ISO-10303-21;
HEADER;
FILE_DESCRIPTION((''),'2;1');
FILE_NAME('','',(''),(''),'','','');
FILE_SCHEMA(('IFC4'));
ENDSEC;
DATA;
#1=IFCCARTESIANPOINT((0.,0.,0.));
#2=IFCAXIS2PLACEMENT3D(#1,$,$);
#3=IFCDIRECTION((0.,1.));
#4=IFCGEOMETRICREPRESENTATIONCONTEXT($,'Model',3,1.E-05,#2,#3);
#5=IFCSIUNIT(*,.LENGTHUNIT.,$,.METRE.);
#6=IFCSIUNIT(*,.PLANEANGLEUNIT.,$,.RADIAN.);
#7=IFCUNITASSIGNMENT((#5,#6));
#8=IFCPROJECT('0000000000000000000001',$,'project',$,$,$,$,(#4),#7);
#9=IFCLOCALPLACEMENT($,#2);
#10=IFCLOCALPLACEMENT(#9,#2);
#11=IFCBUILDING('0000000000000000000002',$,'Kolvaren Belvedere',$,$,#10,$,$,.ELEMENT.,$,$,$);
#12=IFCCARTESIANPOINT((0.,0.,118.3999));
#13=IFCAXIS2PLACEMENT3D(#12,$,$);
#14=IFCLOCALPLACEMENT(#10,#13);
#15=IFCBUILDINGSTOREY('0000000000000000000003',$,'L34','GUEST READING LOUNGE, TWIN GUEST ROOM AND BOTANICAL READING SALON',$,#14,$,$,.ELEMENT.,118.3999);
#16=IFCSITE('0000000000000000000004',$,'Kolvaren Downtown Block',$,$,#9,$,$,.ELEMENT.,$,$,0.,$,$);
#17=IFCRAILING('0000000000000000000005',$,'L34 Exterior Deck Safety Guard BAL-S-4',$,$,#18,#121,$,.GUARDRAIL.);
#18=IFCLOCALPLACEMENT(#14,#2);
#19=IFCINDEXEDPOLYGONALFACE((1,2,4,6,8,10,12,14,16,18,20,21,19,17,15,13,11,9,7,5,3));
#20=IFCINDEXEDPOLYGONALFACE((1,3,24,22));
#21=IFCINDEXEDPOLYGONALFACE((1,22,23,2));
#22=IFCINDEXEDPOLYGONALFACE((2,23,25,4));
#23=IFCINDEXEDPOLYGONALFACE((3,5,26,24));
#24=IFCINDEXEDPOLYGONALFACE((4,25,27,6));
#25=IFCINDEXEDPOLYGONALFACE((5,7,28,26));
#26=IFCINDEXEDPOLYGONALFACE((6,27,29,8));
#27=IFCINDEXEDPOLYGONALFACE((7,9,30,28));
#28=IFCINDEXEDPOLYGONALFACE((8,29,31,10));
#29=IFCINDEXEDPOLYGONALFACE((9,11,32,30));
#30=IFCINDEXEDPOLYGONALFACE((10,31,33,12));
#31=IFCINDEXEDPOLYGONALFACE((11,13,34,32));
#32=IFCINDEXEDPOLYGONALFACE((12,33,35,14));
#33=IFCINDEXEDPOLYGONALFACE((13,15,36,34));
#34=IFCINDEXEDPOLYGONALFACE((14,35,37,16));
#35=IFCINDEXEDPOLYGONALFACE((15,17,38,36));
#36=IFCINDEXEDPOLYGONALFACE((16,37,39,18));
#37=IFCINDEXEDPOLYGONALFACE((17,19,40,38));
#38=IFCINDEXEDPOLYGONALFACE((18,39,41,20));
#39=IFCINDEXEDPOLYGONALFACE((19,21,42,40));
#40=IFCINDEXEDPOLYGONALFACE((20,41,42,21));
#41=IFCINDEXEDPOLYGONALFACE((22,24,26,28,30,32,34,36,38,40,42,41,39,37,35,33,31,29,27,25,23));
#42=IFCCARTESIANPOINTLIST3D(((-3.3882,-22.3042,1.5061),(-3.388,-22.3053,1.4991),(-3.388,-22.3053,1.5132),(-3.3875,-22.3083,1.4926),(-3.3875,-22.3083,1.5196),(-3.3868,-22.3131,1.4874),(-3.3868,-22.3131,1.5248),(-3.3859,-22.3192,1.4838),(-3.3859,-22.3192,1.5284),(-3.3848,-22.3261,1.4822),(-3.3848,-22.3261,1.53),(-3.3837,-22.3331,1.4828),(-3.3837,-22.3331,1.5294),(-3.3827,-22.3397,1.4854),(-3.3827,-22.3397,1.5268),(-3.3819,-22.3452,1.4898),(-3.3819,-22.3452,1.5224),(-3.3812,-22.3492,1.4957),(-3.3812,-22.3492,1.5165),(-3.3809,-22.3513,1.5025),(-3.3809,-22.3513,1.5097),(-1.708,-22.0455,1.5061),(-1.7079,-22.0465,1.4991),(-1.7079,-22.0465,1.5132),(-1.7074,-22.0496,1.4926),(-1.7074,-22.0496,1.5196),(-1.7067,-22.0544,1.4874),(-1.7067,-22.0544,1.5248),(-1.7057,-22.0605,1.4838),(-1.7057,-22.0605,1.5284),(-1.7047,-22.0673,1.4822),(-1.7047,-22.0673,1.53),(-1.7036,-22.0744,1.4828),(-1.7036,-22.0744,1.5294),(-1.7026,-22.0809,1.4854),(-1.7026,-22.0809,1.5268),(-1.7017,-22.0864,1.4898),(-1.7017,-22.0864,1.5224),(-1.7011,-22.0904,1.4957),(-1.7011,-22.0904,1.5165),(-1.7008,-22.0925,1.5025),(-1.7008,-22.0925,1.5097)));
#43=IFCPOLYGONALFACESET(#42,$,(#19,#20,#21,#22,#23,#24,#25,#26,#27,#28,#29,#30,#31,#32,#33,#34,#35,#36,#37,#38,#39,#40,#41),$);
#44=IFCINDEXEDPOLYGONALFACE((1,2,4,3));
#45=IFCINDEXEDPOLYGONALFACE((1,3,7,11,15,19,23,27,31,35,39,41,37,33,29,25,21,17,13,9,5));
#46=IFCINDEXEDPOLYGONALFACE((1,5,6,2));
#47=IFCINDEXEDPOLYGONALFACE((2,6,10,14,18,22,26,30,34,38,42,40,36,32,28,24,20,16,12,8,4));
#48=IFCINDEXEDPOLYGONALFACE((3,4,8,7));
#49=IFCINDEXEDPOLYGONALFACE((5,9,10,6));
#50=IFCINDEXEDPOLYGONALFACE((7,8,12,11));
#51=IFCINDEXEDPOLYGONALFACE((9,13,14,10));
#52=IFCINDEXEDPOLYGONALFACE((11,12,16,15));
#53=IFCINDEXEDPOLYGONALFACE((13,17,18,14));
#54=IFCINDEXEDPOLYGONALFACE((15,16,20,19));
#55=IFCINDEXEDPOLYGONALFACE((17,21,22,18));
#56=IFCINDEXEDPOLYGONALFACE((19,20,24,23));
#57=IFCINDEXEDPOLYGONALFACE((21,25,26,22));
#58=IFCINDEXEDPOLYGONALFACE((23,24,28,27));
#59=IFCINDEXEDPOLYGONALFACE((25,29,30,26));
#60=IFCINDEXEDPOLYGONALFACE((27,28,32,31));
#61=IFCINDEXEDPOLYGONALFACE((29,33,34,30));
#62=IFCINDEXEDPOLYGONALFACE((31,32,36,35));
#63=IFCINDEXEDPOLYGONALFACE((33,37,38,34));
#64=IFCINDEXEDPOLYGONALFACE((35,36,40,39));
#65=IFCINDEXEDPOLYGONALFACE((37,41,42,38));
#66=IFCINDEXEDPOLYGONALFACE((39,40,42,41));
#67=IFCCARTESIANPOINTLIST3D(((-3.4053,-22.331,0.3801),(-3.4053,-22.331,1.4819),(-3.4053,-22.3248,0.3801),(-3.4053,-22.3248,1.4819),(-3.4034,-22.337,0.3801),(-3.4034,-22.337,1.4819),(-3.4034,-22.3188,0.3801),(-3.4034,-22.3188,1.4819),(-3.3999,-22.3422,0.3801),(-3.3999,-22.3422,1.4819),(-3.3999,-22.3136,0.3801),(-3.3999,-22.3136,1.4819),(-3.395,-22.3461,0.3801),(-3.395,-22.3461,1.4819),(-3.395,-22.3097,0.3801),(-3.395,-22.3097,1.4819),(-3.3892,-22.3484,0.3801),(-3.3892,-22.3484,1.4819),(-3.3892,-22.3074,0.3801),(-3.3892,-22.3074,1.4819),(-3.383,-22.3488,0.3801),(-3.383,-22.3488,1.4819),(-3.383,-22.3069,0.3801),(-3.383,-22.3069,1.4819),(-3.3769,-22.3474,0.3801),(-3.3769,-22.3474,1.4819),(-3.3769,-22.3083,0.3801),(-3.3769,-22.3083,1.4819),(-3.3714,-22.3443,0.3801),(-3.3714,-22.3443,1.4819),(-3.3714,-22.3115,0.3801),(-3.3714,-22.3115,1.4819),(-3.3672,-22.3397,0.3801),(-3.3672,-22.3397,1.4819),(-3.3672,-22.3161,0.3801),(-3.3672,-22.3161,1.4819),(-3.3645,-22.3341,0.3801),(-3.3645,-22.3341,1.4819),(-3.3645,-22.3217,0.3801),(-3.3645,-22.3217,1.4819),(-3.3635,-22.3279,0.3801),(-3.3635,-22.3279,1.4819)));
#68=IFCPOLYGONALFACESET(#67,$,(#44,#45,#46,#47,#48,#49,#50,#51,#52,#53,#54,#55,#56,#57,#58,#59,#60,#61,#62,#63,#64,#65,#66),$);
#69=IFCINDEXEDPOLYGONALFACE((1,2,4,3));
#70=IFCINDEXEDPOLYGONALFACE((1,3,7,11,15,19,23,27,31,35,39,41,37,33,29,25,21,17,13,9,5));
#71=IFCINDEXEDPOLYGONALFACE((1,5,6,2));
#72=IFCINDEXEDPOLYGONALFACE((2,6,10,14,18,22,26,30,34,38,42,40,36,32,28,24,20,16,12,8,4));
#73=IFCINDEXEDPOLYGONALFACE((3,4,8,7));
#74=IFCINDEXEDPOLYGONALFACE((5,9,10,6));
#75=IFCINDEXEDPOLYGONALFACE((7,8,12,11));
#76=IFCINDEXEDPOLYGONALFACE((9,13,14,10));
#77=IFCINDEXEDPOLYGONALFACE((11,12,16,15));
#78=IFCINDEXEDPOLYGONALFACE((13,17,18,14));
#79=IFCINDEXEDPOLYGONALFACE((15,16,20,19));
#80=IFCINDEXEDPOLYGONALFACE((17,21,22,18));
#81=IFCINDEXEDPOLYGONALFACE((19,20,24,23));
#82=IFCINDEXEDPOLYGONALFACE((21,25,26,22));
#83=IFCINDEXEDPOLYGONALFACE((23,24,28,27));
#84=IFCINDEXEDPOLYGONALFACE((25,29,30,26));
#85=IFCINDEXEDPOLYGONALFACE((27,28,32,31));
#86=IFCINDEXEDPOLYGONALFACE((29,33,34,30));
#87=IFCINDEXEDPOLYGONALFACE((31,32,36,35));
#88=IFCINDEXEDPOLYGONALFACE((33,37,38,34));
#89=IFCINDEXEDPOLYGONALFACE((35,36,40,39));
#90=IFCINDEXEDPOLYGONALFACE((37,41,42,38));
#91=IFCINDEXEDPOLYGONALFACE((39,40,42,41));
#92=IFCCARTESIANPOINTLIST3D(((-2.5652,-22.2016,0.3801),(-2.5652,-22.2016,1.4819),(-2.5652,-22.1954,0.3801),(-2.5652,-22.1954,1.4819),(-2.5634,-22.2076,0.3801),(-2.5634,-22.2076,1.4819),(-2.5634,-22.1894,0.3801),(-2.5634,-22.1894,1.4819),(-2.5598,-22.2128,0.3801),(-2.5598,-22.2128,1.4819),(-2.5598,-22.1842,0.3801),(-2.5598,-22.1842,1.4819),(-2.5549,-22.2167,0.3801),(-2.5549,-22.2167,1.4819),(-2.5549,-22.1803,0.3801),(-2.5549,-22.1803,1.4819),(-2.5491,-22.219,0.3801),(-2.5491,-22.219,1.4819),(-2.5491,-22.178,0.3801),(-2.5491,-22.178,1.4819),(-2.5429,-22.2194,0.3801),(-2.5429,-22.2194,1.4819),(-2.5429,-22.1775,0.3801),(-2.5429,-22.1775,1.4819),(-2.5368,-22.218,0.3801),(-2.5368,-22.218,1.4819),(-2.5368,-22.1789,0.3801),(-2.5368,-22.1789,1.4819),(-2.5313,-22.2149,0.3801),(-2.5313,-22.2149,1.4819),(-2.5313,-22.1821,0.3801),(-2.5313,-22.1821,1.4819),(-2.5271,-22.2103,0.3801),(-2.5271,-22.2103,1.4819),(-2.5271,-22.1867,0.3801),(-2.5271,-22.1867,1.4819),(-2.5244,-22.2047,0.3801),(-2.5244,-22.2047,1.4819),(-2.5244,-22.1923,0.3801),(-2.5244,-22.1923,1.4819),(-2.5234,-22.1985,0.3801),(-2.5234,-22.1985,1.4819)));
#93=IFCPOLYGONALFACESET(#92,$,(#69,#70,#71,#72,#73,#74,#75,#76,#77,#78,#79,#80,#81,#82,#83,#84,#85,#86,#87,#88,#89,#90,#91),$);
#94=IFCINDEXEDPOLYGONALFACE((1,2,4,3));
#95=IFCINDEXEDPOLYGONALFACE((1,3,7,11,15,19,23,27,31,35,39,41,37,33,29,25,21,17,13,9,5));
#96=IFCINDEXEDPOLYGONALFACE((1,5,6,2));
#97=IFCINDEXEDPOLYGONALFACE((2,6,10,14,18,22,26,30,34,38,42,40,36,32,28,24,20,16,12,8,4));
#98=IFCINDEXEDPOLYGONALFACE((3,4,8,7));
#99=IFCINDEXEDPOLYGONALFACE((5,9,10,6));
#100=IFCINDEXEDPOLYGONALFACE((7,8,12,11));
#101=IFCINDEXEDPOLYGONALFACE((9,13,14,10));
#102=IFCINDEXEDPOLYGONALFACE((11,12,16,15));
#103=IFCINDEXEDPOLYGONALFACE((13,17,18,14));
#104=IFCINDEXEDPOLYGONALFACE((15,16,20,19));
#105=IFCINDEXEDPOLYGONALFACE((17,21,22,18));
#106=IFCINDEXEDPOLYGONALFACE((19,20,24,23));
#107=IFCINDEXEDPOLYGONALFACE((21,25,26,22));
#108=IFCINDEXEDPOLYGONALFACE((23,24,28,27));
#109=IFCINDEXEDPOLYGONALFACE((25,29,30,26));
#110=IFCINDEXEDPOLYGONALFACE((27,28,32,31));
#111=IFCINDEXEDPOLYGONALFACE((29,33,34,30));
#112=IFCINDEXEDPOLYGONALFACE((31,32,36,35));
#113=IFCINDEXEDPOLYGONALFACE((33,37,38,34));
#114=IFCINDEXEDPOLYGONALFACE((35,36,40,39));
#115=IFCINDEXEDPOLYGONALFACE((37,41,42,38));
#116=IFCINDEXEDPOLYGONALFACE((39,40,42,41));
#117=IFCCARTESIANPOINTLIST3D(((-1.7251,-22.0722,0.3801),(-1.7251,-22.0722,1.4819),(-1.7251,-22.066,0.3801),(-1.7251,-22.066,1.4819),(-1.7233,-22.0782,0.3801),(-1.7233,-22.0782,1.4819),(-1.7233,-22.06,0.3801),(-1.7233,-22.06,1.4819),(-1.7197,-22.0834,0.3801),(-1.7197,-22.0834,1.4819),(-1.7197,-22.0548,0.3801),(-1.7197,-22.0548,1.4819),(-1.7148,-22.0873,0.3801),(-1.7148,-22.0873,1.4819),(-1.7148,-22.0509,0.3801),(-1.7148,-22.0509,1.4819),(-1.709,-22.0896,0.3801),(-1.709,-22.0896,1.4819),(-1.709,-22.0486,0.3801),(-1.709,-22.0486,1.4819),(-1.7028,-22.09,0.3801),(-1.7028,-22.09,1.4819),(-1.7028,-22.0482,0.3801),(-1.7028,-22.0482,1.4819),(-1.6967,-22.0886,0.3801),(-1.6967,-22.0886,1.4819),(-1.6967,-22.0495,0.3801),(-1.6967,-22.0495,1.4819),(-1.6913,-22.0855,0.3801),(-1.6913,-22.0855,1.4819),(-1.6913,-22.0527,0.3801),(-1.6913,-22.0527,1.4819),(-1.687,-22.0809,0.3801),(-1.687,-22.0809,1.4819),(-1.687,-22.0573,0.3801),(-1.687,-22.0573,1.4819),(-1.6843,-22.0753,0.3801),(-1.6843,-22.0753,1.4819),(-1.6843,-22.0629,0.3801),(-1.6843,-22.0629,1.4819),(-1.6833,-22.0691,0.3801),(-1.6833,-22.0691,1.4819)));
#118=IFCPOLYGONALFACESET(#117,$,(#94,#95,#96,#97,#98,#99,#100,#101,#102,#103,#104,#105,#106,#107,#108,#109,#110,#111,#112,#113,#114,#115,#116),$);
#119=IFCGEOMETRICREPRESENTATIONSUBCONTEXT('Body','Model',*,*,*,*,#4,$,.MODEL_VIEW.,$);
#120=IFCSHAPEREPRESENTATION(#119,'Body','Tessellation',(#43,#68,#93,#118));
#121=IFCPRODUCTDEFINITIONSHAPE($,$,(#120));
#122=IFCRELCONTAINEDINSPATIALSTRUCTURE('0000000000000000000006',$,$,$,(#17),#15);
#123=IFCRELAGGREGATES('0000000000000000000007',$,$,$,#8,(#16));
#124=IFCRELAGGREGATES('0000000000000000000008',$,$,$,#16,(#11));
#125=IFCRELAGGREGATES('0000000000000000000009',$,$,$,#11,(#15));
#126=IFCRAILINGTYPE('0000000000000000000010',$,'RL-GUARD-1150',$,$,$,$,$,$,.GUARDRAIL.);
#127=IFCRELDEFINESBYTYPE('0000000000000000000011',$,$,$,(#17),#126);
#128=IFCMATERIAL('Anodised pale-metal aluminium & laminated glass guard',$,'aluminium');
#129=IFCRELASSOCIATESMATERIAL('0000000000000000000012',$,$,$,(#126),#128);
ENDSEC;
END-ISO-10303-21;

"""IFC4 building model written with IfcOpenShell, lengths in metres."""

from ifc_helpers import new_model, si_unit, direction, frame, origin, origin_2d, place, context, subcontext, project, spatial, circle, extrude, material, type_object, element, save


model = new_model("IFC4")

# Units and contexts
model_context = context("Model", 3, precision=1e-05, world=origin(), true_north=direction((0.0, 1.0)))
body_context = subcontext(model_context, "Body", "Model", "MODEL_VIEW")
ifc_project = project(units=[si_unit("LENGTHUNIT", "METRE"), si_unit("PLANEANGLEUNIT", "RADIAN")], contexts=[model_context])

# Site, building, storey
site_placement = place(None, origin())
site = spatial("IfcSite", under=ifc_project, at=site_placement, Name="Kolvaren Downtown Block", CompositionType="ELEMENT", RefElevation=0.0)
building_placement = place(site_placement, origin())
building = spatial("IfcBuilding", under=site, at=building_placement, Name="Kolvaren Belvedere", CompositionType="ELEMENT")
storey_placement = place(building_placement, frame((0.0, 0.0, 118.3999)))
storey = spatial("IfcBuildingStorey", under=building, at=storey_placement, Name="L34", Description="GUEST READING LOUNGE, TWIN GUEST ROOM AND BOTANICAL READING SALON", CompositionType="ELEMENT", Elevation=118.3999)

# Railing
ifc_material_1 = material(Name="Anodised pale-metal aluminium & laminated glass guard", Category="aluminium")
railing_type = type_object("IfcRailingType", Name="RL-GUARD-1150", PredefinedType="GUARDRAIL", material=ifc_material_1)
railing_1_placement = place(storey_placement, frame((-3.3845, -22.3279, 0.3801)))
element("IfcRailing", 1, at=railing_1_placement, inside=storey, type_object=railing_type, Name="L34 Exterior Deck Safety Guard BAL-S-4", PredefinedType="GUARDRAIL", context=body_context, shape_type="SweptSolid", body=[
    extrude(circle(Radius=0.0239, at=origin_2d()), frame((0.0, 0.0, 1.126), z_axis=(0.988345, 0.15223, 0.0), x_axis=(-0.15223, 0.988345, 0.0)), (0.0, 0.0, 1.0), 1.7),
    extrude(circle(Radius=0.021, at=origin_2d()), origin(), (0.0, 0.0, 1.0), 1.1018),
    extrude(circle(Radius=0.021, at=origin_2d()), frame((0.8401, 0.1294, 0.0)), (0.0, 0.0, 1.0), 1.1018),
    extrude(circle(Radius=0.021, at=origin_2d()), frame((1.6802, 0.2588, 0.0)), (0.0, 0.0, 1.0), 1.1018),
])

save(model, "model.ifc")
